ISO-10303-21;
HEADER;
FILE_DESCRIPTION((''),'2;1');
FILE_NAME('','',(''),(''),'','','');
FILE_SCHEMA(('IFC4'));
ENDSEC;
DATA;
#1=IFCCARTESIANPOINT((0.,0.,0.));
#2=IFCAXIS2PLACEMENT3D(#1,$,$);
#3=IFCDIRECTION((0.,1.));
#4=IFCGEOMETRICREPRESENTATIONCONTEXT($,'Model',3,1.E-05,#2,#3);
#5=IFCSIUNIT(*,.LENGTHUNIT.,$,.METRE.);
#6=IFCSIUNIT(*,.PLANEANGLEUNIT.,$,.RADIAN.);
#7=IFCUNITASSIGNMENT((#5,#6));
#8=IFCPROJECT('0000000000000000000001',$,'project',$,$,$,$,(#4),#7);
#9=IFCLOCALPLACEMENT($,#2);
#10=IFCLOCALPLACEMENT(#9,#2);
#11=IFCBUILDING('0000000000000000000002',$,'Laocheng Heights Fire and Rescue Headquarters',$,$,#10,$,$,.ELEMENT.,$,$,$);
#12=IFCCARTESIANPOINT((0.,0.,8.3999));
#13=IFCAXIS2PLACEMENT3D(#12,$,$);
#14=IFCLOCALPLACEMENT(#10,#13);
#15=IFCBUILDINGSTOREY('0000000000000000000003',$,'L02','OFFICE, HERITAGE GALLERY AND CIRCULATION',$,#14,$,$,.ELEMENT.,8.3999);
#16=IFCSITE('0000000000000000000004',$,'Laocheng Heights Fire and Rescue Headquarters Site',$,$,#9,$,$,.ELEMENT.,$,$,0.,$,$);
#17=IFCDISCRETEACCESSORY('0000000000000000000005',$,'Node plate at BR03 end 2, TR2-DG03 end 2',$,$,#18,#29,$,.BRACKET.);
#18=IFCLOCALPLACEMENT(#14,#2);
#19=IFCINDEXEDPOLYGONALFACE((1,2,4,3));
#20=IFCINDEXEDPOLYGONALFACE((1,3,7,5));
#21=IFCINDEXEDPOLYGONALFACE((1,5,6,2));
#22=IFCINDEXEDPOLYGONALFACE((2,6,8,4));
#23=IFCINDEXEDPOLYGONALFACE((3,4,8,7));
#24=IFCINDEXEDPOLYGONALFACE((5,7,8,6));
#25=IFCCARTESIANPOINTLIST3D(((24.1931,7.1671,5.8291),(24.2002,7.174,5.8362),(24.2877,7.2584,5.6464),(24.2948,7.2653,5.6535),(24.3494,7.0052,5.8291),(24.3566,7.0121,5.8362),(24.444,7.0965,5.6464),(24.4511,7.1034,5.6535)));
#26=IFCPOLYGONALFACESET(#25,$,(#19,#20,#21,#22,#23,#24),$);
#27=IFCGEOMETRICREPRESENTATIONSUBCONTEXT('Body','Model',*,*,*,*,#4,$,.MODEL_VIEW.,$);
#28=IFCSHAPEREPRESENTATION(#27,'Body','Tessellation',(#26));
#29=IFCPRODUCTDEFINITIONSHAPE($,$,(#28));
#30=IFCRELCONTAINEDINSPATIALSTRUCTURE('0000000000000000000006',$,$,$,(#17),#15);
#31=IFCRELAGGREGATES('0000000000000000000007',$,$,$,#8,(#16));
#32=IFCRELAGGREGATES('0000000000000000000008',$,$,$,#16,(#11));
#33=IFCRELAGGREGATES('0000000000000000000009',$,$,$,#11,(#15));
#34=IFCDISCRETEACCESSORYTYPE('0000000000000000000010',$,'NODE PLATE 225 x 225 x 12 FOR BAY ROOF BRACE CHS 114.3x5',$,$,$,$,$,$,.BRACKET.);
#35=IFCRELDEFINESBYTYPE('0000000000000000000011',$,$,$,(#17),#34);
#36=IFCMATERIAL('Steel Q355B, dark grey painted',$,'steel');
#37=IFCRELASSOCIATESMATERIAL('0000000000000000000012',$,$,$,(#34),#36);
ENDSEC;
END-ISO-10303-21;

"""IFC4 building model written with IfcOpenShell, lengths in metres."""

from ifc_helpers import new_model, si_unit, direction, frame, origin, origin_2d, place, context, subcontext, project, spatial, rectangle, extrude, material, material_profile, profile_set, type_object, element, save


model = new_model("IFC4")

# Units and contexts
model_context = context("Model", 3, precision=1e-05, world=origin(), true_north=direction((0.0, 1.0)))
body_context = subcontext(model_context, "Body", "Model", "MODEL_VIEW")
ifc_project = project(units=[si_unit("LENGTHUNIT", "METRE"), si_unit("PLANEANGLEUNIT", "RADIAN")], contexts=[model_context])

# Site, building, storey
site_placement = place(None, origin())
site = spatial("IfcSite", under=ifc_project, at=site_placement, Name="Laocheng Heights Fire and Rescue Headquarters Site", CompositionType="ELEMENT", RefElevation=0.0)
building_placement = place(site_placement, origin())
building = spatial("IfcBuilding", under=site, at=building_placement, Name="Laocheng Heights Fire and Rescue Headquarters", CompositionType="ELEMENT")
storey_placement = place(building_placement, frame((0.0, 0.0, 8.3999)))
storey = spatial("IfcBuildingStorey", under=building, at=storey_placement, Name="L02", Description="OFFICE, HERITAGE GALLERY AND CIRCULATION", CompositionType="ELEMENT", Elevation=8.3999)

# Discrete accessory
ifc_material_1 = material(Name="Steel Q355B, dark grey painted", Category="steel")
ifc_material_profile_1 = material_profile(ifc_material_1, rectangle(XDim=0.2251, YDim=0.2251, at=origin_2d()), Name="NODE PLATE 225 x 225 x 12 FOR BAY ROOF BRACE CHS 114.3x5")
ifc_profile_set_1 = profile_set([ifc_material_profile_1], Name="Steel Q355B, dark grey painted")
discrete_accessory_type_1 = type_object("IfcDiscreteAccessoryType", Name="NODE PLATE 225 x 225 x 12 FOR BAY ROOF BRACE CHS 114.3x5", PredefinedType="BRACKET", material=ifc_profile_set_1)
discrete_accessory_1_placement = place(storey_placement, frame((24.3257, 7.1387, 5.7449), z_axis=(-0.583985, -0.563847, -0.583985), x_axis=(0.694595, -0.719401, 0.0)))
element("IfcDiscreteAccessory", 1, at=discrete_accessory_1_placement, inside=storey, type_object=discrete_accessory_type_1, Name="Node plate at BR03 end 2, TR2-DG03 end 2", PredefinedType="BRACKET", context=body_context, shape_type="SweptSolid", body=[
    extrude(rectangle(XDim=0.2251, YDim=0.2251, at=origin_2d()), origin(), (0.0, 0.0, 1.0), 0.0122),
])

save(model, "model.ifc")
